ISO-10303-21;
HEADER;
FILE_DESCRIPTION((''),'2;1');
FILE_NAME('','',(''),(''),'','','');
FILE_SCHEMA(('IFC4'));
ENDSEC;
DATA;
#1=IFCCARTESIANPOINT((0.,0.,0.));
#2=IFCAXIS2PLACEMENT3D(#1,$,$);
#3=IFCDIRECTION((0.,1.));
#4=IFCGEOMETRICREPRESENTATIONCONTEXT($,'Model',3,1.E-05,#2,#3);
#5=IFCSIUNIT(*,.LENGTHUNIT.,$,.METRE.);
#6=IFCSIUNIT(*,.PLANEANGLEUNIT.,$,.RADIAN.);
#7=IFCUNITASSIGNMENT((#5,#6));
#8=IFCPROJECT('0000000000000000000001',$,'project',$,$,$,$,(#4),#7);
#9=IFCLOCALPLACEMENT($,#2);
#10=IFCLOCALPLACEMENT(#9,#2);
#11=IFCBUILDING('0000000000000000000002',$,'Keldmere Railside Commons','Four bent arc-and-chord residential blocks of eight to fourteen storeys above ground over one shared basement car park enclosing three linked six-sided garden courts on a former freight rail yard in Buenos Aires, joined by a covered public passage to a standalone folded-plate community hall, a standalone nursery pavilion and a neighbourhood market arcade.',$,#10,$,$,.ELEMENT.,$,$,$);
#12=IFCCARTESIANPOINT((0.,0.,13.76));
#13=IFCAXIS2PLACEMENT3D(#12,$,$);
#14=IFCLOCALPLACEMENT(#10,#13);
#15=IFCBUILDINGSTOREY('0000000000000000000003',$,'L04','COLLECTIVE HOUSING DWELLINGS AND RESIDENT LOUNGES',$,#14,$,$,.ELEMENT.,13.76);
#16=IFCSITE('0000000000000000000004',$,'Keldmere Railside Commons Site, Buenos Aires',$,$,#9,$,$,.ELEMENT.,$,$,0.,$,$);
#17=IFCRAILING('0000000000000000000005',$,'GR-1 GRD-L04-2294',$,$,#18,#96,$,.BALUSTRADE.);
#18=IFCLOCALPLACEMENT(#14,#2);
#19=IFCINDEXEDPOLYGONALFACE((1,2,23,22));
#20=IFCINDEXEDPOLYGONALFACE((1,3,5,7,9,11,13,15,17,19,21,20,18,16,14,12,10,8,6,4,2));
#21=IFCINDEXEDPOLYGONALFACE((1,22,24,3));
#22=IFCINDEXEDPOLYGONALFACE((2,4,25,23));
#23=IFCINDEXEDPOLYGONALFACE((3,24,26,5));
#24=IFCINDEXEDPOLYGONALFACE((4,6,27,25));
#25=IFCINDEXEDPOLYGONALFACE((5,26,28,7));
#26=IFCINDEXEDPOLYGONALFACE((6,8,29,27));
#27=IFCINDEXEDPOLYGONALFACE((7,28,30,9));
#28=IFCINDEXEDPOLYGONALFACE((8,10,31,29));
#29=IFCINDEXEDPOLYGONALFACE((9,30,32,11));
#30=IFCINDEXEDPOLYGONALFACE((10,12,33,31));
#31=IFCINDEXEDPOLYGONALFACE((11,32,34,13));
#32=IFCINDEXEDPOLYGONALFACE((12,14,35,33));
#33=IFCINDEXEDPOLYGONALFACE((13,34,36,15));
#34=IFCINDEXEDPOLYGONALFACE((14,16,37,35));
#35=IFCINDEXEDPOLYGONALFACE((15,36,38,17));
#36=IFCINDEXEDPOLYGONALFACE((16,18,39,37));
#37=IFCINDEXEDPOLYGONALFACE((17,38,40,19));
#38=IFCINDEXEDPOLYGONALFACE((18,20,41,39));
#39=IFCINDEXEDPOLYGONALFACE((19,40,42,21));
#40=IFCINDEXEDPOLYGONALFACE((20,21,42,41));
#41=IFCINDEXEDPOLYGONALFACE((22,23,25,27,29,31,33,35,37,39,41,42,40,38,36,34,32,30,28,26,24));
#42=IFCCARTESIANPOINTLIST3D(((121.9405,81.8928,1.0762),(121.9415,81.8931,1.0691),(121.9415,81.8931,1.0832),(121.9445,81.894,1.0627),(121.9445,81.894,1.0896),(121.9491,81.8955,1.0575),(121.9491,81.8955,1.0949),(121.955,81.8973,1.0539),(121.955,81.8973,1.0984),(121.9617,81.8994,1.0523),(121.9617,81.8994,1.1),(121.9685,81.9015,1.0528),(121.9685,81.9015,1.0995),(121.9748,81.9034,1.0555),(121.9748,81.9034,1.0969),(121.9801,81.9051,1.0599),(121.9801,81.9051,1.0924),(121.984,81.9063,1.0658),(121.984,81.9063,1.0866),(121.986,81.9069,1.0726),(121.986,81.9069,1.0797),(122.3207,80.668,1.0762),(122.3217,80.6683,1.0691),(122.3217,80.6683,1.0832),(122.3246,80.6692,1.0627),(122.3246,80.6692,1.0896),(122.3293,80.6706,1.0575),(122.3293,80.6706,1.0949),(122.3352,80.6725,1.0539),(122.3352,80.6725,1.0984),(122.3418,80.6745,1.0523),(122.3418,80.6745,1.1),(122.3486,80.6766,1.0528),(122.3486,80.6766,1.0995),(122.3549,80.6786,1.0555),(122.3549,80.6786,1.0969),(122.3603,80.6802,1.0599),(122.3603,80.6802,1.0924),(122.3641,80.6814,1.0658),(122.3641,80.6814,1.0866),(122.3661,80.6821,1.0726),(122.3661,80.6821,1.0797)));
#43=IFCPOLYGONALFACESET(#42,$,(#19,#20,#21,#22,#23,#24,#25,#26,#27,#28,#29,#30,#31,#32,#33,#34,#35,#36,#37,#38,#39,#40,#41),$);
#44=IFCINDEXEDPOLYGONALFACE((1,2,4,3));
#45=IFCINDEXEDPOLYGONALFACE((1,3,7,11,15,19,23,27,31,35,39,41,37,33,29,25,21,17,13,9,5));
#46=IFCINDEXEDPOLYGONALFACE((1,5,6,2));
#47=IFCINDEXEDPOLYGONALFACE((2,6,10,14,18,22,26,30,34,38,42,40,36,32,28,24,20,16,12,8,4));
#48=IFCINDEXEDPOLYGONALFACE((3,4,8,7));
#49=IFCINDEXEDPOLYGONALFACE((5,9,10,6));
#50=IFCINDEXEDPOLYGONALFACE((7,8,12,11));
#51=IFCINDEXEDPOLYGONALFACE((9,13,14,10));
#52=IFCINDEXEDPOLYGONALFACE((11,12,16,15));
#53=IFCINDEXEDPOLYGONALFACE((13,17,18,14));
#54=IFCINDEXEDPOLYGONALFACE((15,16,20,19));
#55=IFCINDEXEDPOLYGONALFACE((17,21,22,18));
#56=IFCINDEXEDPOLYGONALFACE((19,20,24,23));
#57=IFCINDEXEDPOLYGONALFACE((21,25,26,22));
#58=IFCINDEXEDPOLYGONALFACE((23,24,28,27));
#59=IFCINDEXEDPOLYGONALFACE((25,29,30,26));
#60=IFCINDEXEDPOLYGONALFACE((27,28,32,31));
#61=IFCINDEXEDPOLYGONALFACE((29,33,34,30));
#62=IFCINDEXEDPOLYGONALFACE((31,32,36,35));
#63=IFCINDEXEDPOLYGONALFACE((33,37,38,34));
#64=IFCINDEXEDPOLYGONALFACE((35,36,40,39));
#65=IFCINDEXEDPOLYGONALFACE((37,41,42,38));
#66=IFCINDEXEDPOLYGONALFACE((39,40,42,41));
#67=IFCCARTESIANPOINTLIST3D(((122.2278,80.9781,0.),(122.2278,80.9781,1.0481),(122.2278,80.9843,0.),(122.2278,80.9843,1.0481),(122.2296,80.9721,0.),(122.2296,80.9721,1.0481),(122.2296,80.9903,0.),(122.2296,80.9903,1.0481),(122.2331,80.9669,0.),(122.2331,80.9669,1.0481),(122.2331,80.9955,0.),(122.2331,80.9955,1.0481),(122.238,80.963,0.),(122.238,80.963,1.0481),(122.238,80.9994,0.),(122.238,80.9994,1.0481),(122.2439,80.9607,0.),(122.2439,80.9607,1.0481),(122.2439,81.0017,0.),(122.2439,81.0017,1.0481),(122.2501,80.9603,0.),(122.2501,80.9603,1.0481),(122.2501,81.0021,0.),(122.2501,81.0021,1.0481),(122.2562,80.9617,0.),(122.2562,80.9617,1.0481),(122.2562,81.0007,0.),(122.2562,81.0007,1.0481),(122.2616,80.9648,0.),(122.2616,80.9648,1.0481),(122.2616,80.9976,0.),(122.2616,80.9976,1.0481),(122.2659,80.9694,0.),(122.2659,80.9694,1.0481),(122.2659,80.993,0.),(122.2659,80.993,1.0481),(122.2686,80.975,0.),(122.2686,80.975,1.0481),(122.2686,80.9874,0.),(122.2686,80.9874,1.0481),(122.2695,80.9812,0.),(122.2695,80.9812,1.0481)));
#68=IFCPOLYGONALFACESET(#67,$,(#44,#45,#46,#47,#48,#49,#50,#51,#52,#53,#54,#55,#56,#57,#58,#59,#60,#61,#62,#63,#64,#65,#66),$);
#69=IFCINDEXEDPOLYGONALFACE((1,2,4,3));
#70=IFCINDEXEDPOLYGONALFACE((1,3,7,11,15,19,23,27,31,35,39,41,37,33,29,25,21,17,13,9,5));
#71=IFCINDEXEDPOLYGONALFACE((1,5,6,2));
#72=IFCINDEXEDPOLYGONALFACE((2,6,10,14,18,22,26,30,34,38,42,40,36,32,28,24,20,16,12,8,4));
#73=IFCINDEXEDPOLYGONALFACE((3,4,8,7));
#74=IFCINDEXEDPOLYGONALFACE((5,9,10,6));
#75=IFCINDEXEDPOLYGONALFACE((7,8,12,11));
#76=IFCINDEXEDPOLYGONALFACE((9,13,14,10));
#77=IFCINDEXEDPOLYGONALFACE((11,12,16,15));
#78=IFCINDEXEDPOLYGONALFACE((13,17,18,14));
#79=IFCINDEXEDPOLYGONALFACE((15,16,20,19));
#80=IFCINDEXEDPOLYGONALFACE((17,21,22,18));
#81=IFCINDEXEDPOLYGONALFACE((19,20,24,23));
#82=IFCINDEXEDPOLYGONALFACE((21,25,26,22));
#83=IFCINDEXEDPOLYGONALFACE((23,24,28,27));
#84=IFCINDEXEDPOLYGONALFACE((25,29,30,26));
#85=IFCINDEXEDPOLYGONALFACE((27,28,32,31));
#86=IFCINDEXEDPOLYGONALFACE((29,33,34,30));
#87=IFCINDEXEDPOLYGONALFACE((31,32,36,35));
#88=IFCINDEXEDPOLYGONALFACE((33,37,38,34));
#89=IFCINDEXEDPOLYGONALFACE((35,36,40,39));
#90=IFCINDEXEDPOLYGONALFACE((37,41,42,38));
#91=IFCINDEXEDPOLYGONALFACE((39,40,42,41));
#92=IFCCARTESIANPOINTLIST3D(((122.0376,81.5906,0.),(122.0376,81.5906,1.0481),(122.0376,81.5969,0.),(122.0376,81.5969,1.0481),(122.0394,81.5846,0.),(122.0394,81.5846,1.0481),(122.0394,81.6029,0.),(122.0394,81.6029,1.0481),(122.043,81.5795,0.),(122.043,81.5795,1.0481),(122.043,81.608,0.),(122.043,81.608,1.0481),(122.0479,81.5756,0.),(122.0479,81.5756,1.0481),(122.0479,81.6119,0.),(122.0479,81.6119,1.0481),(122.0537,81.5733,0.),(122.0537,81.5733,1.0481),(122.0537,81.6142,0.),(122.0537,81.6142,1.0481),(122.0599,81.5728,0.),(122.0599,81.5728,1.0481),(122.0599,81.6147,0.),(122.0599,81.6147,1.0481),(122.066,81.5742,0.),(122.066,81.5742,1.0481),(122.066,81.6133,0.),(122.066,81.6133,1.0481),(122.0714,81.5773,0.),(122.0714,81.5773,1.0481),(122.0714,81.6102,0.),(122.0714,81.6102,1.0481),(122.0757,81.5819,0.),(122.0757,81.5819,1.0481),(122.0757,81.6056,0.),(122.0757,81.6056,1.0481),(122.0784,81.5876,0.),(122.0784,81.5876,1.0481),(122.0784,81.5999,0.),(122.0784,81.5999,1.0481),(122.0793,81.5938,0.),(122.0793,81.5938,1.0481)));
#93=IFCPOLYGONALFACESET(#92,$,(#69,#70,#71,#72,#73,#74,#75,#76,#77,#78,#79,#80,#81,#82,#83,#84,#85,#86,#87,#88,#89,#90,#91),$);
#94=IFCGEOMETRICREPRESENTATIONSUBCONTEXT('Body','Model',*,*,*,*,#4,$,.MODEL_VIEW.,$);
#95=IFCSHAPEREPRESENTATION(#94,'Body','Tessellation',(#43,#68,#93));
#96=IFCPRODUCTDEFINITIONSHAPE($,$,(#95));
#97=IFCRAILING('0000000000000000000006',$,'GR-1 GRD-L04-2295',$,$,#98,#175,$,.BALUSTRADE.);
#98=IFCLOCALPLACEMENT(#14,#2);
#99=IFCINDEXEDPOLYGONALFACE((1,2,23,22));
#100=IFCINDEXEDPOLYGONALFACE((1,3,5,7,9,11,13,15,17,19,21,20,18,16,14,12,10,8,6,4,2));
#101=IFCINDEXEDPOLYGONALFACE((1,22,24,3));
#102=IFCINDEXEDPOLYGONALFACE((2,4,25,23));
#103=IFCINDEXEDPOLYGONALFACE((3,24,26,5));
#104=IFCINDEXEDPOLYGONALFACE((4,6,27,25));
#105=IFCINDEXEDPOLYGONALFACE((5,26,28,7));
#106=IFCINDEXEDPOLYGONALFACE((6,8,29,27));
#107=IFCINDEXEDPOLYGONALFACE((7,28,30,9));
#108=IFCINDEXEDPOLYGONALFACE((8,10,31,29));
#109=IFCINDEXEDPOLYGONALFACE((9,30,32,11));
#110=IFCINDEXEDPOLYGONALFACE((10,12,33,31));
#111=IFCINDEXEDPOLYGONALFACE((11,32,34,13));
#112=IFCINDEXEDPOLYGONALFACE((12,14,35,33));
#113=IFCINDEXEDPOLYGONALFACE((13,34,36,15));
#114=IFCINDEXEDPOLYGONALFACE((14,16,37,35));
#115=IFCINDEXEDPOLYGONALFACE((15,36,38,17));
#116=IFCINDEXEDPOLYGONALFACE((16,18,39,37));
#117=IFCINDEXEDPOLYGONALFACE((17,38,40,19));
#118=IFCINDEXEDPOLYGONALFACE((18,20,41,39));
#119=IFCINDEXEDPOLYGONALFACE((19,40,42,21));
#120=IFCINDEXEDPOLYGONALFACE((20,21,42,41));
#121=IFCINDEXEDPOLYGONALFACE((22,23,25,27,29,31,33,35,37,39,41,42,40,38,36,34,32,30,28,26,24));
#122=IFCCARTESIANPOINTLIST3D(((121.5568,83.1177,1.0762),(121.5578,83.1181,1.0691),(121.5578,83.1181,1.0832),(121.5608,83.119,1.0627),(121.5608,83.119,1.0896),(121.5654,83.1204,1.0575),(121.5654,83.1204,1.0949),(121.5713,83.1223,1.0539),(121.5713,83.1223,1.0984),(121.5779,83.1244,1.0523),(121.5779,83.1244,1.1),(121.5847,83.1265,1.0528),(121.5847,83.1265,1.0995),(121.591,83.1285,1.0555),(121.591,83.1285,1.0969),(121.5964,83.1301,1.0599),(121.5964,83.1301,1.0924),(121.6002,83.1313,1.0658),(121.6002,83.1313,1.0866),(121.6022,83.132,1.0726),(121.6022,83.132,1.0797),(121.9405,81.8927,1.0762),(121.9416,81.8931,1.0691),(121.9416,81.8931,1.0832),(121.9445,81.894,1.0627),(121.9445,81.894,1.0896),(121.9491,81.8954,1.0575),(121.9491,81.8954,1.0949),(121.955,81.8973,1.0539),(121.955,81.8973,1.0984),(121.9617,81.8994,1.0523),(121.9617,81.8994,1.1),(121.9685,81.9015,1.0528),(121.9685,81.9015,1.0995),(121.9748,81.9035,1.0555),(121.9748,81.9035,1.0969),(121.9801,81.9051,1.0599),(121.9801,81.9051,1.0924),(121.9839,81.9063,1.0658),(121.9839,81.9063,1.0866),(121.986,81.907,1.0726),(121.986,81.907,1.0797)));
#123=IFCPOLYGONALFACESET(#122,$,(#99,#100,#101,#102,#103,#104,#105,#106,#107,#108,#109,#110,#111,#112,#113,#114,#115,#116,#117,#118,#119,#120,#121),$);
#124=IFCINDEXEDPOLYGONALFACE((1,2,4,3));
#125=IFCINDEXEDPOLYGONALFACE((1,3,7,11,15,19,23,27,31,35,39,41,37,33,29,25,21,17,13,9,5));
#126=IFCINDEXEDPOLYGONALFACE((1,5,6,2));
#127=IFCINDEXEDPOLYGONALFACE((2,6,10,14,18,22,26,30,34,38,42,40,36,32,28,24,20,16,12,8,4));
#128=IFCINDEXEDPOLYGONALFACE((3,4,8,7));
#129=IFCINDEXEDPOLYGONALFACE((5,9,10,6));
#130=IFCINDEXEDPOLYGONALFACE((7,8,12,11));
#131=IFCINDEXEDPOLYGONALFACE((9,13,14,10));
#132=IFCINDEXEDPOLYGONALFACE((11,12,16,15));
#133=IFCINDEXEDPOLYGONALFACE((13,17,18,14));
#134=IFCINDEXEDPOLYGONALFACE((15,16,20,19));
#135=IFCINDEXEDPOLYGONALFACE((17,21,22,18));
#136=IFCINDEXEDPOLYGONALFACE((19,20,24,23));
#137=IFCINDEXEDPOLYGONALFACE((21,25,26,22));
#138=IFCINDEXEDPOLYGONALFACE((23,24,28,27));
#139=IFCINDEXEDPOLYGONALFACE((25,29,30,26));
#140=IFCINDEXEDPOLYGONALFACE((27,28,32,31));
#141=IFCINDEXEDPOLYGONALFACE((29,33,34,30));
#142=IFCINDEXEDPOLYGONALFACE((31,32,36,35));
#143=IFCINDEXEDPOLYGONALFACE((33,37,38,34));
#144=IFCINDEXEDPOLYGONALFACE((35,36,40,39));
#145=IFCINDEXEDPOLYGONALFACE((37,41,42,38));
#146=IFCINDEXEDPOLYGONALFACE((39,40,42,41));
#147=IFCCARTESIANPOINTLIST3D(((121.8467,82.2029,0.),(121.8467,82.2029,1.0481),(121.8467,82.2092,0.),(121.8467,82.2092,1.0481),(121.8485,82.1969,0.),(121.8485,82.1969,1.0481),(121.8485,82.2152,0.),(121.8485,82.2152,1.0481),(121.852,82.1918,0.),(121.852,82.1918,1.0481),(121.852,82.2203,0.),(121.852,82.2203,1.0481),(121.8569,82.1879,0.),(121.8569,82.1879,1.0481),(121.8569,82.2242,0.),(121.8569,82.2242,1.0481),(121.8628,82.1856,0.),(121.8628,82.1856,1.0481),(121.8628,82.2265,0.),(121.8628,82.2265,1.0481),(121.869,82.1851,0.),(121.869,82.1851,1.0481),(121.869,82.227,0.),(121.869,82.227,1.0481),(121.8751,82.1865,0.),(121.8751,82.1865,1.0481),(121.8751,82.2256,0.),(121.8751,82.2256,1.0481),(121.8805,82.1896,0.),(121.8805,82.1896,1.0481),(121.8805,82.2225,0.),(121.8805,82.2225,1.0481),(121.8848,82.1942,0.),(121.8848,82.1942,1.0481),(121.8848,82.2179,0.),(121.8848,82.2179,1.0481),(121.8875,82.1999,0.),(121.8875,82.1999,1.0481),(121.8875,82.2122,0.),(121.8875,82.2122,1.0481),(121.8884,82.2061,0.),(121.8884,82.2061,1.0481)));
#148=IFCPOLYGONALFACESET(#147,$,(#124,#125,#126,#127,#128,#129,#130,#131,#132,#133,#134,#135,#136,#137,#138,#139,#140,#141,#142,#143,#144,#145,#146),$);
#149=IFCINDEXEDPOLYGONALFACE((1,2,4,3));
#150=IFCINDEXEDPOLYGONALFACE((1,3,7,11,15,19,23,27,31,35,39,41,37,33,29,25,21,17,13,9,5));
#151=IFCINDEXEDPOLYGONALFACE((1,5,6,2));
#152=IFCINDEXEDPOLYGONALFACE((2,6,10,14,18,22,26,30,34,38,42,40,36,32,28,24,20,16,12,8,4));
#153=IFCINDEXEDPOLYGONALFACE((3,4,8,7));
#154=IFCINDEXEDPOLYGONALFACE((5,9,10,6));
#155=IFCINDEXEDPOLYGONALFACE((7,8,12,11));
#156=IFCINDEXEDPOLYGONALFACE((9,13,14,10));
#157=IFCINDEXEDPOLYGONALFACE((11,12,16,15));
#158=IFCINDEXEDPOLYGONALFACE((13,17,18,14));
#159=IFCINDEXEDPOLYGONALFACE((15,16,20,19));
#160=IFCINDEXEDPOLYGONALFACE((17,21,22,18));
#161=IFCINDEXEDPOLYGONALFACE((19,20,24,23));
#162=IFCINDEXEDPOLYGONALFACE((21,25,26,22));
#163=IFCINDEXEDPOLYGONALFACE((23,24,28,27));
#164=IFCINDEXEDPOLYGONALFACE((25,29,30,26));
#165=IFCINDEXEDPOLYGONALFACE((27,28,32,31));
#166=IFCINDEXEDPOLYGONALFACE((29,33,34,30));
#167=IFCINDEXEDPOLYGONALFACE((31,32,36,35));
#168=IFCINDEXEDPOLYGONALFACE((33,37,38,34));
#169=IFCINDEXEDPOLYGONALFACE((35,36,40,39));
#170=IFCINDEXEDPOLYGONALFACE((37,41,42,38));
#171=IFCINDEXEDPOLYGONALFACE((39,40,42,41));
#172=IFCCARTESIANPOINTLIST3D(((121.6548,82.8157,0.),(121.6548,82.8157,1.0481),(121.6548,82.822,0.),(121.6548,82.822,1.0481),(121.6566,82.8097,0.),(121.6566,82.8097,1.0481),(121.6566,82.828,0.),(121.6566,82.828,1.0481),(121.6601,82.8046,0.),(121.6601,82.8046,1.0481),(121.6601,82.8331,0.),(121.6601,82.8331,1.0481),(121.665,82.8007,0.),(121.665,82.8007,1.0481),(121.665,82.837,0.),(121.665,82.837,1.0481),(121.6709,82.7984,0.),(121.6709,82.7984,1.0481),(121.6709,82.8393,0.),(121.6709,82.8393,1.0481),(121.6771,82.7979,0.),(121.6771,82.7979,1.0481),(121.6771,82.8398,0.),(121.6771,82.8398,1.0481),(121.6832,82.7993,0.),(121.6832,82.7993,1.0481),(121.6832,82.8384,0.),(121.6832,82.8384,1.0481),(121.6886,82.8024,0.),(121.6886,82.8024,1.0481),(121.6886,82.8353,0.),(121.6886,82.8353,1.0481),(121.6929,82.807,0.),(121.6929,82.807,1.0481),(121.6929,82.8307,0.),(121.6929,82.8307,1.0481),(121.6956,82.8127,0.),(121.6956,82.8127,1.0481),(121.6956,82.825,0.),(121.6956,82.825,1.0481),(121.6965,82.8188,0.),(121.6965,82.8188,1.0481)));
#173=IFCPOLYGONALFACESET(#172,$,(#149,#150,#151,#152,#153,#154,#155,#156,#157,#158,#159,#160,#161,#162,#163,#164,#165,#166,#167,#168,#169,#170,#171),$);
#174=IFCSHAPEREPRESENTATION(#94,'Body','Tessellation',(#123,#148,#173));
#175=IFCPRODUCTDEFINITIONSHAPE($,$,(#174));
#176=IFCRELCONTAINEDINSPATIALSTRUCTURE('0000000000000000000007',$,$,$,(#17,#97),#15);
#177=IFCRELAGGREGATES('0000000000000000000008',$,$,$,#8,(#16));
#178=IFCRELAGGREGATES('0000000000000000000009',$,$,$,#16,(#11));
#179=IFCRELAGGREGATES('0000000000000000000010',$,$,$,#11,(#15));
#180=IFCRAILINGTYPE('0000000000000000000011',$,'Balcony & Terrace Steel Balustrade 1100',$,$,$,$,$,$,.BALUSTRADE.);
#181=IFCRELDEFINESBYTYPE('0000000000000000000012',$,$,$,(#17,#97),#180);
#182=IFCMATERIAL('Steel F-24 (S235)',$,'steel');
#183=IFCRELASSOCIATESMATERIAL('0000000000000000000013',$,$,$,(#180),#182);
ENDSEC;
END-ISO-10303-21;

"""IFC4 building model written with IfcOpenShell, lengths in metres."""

from ifc_helpers import new_model, si_unit, direction, frame, origin, origin_2d, place, context, subcontext, project, spatial, circle, extrude, material, type_object, element, save


model = new_model("IFC4")

# Units and contexts
model_context = context("Model", 3, precision=1e-05, world=origin(), true_north=direction((0.0, 1.0)))
body_context = subcontext(model_context, "Body", "Model", "MODEL_VIEW")
ifc_project = project(units=[si_unit("LENGTHUNIT", "METRE"), si_unit("PLANEANGLEUNIT", "RADIAN")], contexts=[model_context])

# Site, building, storey
site_placement = place(None, origin())
site = spatial("IfcSite", under=ifc_project, at=site_placement, Name="Keldmere Railside Commons Site, Buenos Aires", CompositionType="ELEMENT", RefElevation=0.0)
building_placement = place(site_placement, origin())
building = spatial("IfcBuilding", under=site, at=building_placement, Name="Keldmere Railside Commons", Description="Four bent arc-and-chord residential blocks of eight to fourteen storeys above ground over one shared basement car park enclosing three linked six-sided garden courts on a former freight rail yard in Buenos Aires, joined by a covered public passage to a standalone folded-plate community hall, a standalone nursery pavilion and a neighbourhood market arcade.", CompositionType="ELEMENT")
storey_placement = place(building_placement, frame((0.0, 0.0, 13.76)))
storey = spatial("IfcBuildingStorey", under=building, at=storey_placement, Name="L04", Description="COLLECTIVE HOUSING DWELLINGS AND RESIDENT LOUNGES", CompositionType="ELEMENT", Elevation=13.76)

# Railings
ifc_material_1 = material(Name="Steel F-24 (S235)", Category="steel")
railing_type = type_object("IfcRailingType", Name="Balcony & Terrace Steel Balustrade 1100", PredefinedType="BALUSTRADE", material=ifc_material_1)
railing_1_placement = place(storey_placement, frame((122.3435, 80.675, 0.0)))
element("IfcRailing", 1, at=railing_1_placement, inside=storey, type_object=railing_type, Name="GR-1 GRD-L04-2294", PredefinedType="BALUSTRADE", context=body_context, shape_type="SweptSolid", body=[
    extrude(circle(Radius=0.0239, at=origin_2d()), frame((0.0, 0.0, 1.0762), z_axis=(-0.296399, 0.955064, 0.0), x_axis=(-0.955064, -0.296399, 0.0)), (0.0, 0.0, 1.0), 1.2825),
    extrude(circle(Radius=0.021, at=origin_2d()), frame((-0.095, 0.3062, 0.0)), (0.0, 0.0, 1.0), 1.0481),
    extrude(circle(Radius=0.021, at=origin_2d()), frame((-0.2852, 0.9187, 0.0)), (0.0, 0.0, 1.0), 1.0481),
])
railing_2_placement = place(storey_placement, frame((121.9634, 81.8999, 0.0)))
element("IfcRailing", 2, at=railing_2_placement, inside=storey, type_object=railing_type, Name="GR-1 GRD-L04-2295", PredefinedType="BALUSTRADE", context=body_context, shape_type="SweptSolid", body=[
    extrude(circle(Radius=0.0239, at=origin_2d()), frame((0.0, 0.0, 1.0762), z_axis=(-0.298946, 0.95427, 0.0), x_axis=(-0.95427, -0.298946, 0.0)), (0.0, 0.0, 1.0), 1.2837),
    extrude(circle(Radius=0.021, at=origin_2d()), frame((-0.0959, 0.3062, 0.0)), (0.0, 0.0, 1.0), 1.0481),
    extrude(circle(Radius=0.021, at=origin_2d()), frame((-0.2878, 0.9189, 0.0)), (0.0, 0.0, 1.0), 1.0481),
])

save(model, "model.ifc")
